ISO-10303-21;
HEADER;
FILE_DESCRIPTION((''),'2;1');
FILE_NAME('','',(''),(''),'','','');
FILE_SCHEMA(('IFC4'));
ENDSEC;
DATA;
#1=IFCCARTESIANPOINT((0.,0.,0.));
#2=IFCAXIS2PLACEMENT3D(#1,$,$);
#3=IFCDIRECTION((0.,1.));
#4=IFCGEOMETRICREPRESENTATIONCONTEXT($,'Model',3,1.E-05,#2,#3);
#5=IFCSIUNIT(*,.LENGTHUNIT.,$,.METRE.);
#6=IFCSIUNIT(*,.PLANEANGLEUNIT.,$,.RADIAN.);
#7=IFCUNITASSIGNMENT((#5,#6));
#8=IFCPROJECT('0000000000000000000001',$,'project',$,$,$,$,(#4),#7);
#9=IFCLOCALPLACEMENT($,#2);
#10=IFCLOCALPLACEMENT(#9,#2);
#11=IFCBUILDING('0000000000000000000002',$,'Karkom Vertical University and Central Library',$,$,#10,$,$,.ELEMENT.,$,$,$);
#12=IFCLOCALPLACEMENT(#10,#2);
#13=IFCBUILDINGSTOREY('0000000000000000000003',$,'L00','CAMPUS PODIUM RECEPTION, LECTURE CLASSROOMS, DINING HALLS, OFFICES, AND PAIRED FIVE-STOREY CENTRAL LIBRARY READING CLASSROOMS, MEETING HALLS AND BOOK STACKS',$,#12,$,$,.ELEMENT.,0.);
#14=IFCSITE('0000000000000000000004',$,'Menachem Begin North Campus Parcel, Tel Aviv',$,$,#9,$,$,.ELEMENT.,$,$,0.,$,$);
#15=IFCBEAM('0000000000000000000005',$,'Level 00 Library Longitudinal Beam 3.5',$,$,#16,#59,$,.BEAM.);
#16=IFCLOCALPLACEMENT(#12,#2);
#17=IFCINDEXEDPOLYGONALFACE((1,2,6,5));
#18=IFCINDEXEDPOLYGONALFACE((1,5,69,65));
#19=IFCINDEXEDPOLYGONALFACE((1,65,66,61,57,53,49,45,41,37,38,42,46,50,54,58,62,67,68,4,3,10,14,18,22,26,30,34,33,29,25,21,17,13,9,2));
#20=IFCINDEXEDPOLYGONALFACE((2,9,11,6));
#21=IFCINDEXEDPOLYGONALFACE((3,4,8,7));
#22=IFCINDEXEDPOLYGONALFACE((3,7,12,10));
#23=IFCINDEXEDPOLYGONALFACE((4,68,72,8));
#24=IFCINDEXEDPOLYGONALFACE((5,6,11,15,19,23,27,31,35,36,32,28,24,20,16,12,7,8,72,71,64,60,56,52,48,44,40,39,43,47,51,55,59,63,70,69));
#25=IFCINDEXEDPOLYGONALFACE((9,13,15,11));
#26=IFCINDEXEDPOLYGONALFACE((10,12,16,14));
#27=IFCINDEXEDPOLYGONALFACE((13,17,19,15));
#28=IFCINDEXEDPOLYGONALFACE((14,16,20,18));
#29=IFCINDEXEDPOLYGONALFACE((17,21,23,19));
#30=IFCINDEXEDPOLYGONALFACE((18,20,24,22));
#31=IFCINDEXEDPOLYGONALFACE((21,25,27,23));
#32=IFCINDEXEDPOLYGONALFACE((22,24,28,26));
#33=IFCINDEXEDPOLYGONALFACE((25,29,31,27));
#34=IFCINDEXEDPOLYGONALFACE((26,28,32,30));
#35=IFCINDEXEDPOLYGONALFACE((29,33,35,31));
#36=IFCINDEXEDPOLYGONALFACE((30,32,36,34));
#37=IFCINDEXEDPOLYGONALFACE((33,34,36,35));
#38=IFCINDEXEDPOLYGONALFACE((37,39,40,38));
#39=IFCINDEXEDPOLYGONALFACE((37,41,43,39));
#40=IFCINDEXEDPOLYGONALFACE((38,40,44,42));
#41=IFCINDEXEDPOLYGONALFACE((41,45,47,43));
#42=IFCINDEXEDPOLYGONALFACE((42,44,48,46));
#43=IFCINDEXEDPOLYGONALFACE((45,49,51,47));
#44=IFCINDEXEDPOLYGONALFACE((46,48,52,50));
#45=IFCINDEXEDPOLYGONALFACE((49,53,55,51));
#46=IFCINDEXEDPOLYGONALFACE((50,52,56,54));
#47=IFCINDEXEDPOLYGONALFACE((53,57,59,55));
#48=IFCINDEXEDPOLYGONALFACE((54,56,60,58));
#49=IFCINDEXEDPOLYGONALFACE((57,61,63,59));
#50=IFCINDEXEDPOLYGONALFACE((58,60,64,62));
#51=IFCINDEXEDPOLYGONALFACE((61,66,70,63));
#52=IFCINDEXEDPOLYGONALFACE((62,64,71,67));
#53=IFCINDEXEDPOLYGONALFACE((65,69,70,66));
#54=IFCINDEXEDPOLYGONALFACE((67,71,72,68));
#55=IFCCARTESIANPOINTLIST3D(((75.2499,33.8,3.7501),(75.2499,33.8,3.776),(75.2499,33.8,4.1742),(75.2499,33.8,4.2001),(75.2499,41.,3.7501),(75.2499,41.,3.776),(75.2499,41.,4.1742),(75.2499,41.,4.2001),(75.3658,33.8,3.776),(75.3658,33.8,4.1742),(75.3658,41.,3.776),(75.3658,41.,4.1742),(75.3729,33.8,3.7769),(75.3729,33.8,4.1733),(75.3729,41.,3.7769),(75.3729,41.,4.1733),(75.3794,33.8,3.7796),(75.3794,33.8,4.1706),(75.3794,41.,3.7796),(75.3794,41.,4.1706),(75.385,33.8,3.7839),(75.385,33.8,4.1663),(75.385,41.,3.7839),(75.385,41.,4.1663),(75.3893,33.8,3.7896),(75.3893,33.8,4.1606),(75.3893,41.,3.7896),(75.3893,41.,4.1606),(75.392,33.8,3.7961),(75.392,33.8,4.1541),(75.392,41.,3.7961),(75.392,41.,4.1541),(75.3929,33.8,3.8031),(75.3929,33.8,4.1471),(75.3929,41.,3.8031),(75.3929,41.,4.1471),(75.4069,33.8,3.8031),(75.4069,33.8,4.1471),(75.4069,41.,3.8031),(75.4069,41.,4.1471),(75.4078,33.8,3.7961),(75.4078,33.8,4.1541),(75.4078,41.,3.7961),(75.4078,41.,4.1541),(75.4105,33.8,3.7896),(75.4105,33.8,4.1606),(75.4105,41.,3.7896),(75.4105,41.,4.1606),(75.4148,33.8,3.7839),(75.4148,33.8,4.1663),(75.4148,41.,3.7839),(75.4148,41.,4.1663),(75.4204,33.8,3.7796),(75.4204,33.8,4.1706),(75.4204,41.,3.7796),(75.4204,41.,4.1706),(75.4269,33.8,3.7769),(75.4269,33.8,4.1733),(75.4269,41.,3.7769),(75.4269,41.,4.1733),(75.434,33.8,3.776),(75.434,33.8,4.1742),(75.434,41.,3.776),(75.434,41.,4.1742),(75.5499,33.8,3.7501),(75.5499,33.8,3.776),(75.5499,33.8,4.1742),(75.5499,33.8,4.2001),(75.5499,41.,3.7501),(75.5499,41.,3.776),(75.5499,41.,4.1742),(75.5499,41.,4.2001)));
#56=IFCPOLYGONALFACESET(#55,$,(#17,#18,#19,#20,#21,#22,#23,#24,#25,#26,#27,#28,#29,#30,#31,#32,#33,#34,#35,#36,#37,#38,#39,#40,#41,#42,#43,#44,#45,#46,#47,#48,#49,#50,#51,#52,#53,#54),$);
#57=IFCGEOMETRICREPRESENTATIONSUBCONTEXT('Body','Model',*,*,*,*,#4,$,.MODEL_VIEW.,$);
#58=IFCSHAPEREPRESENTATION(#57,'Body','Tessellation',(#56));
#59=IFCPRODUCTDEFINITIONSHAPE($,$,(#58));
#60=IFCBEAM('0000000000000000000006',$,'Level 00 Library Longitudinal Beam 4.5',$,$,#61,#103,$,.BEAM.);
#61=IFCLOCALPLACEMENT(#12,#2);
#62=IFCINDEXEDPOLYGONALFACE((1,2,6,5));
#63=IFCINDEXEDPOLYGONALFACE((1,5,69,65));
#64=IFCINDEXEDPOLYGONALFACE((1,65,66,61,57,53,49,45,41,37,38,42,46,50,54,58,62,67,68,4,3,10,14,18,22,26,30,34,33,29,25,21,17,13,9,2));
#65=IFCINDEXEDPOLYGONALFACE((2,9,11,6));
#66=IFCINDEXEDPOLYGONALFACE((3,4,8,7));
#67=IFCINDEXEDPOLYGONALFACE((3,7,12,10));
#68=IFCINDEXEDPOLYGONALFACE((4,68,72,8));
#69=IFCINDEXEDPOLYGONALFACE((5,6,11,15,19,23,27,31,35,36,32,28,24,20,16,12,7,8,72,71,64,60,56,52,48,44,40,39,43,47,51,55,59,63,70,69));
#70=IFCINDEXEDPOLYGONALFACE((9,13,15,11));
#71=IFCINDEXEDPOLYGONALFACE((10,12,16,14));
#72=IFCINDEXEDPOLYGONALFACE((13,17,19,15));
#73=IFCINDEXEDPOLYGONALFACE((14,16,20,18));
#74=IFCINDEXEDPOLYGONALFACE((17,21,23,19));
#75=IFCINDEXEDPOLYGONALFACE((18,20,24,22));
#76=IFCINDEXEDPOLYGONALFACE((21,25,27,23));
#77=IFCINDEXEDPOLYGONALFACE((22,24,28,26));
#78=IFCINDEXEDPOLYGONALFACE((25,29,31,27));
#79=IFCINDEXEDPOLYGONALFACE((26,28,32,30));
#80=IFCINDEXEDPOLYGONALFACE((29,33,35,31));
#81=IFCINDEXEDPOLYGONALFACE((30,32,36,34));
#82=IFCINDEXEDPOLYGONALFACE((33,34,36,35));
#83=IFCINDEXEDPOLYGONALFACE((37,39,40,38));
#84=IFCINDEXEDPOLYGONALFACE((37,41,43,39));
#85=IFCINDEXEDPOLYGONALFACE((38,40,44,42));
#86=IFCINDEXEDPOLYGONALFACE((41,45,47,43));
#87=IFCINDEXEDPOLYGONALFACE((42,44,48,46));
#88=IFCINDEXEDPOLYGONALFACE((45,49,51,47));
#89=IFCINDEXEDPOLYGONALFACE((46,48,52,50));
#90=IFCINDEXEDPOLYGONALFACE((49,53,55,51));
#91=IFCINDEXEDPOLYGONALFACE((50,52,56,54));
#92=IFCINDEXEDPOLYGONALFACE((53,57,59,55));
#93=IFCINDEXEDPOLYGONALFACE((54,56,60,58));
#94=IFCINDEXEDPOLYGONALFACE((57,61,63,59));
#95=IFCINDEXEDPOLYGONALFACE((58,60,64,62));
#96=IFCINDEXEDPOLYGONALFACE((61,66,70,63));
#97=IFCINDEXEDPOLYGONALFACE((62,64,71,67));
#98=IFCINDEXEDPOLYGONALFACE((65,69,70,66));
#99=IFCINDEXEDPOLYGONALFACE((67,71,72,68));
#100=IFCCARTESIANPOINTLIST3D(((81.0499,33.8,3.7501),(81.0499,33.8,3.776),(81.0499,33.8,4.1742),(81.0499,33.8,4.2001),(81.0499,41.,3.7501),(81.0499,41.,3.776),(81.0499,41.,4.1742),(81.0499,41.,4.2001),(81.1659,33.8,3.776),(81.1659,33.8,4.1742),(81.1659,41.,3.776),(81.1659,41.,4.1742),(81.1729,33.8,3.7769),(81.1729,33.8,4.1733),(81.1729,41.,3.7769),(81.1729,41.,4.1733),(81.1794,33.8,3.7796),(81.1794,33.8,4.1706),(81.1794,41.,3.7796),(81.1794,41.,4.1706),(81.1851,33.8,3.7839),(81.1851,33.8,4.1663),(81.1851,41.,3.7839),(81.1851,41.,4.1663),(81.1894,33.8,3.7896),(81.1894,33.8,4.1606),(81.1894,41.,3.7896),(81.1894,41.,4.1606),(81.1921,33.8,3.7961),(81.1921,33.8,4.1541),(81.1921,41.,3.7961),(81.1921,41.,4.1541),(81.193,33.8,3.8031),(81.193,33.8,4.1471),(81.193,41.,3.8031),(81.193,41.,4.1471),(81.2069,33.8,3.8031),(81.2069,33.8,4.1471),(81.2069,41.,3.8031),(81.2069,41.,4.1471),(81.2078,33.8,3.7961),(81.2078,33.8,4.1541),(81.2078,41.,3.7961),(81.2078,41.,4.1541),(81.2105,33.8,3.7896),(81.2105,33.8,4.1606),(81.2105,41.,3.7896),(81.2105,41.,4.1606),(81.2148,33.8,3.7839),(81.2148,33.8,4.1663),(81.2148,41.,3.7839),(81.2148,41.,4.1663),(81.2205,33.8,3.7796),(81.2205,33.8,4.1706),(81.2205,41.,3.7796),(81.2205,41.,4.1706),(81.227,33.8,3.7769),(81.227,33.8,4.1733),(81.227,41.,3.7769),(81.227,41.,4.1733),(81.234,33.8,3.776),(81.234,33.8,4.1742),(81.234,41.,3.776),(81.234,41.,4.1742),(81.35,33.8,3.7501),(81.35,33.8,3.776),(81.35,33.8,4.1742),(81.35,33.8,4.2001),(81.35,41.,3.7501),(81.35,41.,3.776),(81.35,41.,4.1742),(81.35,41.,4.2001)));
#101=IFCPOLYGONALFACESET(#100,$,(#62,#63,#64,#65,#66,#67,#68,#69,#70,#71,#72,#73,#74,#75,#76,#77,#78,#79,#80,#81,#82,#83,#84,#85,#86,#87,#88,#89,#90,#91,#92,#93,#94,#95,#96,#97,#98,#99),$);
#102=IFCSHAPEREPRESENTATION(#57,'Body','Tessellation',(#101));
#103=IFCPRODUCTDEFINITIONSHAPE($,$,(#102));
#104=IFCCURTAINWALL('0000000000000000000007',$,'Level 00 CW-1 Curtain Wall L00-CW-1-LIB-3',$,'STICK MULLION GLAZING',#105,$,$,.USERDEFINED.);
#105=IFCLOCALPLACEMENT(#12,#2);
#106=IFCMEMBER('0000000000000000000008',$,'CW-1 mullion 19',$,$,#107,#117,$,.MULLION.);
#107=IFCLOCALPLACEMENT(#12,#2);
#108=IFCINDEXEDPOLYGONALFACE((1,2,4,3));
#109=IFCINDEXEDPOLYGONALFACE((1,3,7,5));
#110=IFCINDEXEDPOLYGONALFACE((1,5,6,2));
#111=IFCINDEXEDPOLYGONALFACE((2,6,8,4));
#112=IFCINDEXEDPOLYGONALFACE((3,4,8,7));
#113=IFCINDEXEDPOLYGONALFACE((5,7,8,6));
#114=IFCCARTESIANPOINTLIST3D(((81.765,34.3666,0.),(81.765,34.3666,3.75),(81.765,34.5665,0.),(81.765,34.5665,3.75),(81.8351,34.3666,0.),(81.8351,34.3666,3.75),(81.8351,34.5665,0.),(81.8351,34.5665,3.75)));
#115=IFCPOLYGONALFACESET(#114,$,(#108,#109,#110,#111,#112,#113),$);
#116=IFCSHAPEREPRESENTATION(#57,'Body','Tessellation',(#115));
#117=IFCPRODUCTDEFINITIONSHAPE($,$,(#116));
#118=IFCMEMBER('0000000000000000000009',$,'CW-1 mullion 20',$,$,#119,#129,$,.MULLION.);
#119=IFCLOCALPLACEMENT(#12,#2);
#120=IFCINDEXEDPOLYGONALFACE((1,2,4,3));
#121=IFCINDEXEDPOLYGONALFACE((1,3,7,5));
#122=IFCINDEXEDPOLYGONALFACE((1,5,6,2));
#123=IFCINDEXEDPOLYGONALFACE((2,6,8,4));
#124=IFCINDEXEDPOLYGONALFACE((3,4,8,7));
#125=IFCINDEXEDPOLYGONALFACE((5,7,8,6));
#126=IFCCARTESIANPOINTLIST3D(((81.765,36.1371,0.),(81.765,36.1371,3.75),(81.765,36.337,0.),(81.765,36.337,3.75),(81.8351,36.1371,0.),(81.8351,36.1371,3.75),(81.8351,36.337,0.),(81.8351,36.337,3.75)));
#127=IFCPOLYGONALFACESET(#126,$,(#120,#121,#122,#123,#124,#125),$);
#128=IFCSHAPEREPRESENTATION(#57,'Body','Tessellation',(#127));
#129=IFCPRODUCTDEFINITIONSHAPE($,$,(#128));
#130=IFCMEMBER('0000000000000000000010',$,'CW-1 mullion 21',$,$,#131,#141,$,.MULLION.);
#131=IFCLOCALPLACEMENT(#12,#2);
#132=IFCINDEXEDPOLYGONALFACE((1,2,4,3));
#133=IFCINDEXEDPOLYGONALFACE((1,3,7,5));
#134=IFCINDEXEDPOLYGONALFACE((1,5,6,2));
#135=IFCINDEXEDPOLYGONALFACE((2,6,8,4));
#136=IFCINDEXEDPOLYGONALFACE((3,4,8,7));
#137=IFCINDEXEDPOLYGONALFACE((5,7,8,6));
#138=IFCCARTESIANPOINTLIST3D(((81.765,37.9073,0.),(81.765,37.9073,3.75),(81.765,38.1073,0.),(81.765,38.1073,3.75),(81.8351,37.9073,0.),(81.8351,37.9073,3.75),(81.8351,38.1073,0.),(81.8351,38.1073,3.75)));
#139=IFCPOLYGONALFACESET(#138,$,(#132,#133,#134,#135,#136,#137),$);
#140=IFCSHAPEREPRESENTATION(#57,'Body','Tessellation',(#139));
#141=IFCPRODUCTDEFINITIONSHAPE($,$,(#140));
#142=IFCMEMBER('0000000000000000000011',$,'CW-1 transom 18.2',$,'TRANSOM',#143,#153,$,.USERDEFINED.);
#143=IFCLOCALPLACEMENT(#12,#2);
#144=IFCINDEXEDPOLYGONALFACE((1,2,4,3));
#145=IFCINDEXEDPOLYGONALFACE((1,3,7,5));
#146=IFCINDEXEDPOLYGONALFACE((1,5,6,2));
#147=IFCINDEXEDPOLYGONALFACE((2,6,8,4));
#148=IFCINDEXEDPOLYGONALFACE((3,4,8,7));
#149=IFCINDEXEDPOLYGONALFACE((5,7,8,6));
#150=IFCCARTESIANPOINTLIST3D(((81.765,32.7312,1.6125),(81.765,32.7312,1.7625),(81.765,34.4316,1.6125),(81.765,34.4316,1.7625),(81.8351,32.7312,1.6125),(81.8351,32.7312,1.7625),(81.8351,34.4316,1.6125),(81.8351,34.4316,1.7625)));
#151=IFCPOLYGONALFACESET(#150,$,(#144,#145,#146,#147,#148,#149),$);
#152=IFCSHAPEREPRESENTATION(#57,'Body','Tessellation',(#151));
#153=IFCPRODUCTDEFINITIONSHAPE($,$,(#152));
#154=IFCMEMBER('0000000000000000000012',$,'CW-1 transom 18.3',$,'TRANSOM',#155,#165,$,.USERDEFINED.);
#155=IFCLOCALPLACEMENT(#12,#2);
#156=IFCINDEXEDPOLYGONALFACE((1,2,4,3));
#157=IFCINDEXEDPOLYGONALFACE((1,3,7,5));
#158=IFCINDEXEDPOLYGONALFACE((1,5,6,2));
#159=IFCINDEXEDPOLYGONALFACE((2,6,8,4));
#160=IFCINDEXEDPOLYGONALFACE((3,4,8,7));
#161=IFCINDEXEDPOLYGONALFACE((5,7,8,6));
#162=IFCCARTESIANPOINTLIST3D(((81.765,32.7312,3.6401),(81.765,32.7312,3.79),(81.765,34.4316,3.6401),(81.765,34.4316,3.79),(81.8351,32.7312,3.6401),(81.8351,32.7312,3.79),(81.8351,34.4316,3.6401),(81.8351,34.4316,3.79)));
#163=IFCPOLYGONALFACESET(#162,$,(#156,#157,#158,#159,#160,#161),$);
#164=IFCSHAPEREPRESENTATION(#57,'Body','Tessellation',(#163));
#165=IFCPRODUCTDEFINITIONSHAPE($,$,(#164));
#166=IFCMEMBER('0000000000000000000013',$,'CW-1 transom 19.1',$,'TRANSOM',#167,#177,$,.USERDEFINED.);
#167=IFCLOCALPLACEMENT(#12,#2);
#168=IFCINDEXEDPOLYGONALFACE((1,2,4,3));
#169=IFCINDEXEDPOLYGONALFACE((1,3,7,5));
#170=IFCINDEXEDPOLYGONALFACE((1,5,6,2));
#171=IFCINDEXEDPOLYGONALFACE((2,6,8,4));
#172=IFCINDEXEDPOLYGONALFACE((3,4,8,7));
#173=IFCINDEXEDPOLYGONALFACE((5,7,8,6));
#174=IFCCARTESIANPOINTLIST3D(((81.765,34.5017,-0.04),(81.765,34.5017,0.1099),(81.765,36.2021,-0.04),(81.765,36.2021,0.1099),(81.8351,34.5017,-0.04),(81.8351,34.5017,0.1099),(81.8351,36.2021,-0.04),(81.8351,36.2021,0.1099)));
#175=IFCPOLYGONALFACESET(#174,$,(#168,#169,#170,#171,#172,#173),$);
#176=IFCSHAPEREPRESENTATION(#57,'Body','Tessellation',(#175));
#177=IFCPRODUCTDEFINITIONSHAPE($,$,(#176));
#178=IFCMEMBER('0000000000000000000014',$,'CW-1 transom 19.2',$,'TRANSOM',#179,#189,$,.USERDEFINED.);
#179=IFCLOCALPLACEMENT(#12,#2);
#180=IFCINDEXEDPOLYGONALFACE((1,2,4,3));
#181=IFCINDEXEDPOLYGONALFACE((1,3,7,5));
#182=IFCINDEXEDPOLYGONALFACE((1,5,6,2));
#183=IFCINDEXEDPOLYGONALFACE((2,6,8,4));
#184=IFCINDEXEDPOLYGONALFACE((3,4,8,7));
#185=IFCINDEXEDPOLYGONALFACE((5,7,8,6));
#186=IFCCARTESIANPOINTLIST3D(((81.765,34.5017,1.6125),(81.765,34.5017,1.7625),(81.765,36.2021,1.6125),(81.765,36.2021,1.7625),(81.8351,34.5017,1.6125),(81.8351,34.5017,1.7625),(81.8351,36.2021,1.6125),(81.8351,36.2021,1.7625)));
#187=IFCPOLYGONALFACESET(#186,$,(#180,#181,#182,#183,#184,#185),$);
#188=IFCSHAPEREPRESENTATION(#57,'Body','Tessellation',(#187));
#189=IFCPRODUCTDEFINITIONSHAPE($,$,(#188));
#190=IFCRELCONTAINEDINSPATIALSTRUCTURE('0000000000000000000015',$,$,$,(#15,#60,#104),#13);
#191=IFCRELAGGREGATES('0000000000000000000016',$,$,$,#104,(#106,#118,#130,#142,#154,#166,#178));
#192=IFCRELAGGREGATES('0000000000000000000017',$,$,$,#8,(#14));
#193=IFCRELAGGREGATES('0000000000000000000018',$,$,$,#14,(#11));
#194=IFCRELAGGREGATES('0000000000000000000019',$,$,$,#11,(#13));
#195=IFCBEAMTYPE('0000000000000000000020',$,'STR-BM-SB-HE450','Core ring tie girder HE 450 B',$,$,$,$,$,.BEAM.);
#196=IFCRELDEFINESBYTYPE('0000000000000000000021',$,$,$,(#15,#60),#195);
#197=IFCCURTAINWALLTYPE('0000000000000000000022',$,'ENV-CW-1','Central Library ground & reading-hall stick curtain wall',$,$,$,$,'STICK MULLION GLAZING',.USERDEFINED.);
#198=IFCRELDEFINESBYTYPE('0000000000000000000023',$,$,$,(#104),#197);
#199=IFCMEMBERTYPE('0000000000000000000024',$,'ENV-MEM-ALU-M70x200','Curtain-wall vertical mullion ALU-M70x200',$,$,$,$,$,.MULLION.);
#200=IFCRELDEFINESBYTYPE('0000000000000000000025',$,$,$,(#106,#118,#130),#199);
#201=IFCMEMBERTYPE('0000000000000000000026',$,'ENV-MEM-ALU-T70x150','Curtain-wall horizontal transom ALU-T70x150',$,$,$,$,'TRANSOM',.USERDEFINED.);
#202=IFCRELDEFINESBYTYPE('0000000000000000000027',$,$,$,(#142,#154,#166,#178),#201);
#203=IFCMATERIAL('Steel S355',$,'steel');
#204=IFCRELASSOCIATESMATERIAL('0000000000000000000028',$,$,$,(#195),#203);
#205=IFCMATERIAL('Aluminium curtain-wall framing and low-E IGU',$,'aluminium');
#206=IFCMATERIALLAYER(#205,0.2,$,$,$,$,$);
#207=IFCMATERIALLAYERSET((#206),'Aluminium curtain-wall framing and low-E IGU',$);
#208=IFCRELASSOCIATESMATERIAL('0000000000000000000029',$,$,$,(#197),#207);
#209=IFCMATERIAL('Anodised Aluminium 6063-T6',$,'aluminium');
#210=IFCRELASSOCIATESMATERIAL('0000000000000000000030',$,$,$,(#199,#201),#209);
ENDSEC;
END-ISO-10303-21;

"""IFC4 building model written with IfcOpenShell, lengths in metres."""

from ifc_helpers import new_model, si_unit, direction, frame, origin, origin_with_axes, origin_2d, place, context, subcontext, project, spatial, rectangle, i_section, extrude, source, transform, mapped, material, layer, layer_set, material_profile, profile_set, type_object, element, aggregate, save


model = new_model("IFC4")

# Units and contexts
model_context = context("Model", 3, precision=1e-05, world=origin(), true_north=direction((0.0, 1.0)))
body_context = subcontext(model_context, "Body", "Model", "MODEL_VIEW")
ifc_project = project(units=[si_unit("LENGTHUNIT", "METRE"), si_unit("PLANEANGLEUNIT", "RADIAN")], contexts=[model_context])

# Site, building, storey
site_placement = place(None, origin())
site = spatial("IfcSite", under=ifc_project, at=site_placement, Name="Menachem Begin North Campus Parcel, Tel Aviv", CompositionType="ELEMENT", RefElevation=0.0)
building_placement = place(site_placement, origin())
building = spatial("IfcBuilding", under=site, at=building_placement, Name="Karkom Vertical University and Central Library", CompositionType="ELEMENT")
storey_placement = place(building_placement, origin())
storey = spatial("IfcBuildingStorey", under=building, at=storey_placement, Name="L00", Description="CAMPUS PODIUM RECEPTION, LECTURE CLASSROOMS, DINING HALLS, OFFICES, AND PAIRED FIVE-STOREY CENTRAL LIBRARY READING CLASSROOMS, MEETING HALLS AND BOOK STACKS", CompositionType="ELEMENT", Elevation=0.0)

# Beams
ifc_material_1 = material(Name="Steel S355", Category="steel")
ifc_material_profile_1 = material_profile(ifc_material_1, i_section(OverallWidth=0.3, OverallDepth=0.45, WebThickness=0.0139, FlangeThickness=0.0259, FilletRadius=0.0271, at=origin_2d()), Name="HE 450 B")
ifc_profile_set_1 = profile_set([ifc_material_profile_1], Name="Steel S355")
beam_type_1 = type_object("IfcBeamType", Name="STR-BM-SB-HE450", Description="Core ring tie girder HE 450 B", PredefinedType="BEAM", material=ifc_profile_set_1)
shared_shape_1 = source(origin_with_axes(), body_context, "Body", "SweptSolid", [
    extrude(i_section(OverallWidth=0.3, OverallDepth=0.45, WebThickness=0.0139, FlangeThickness=0.0259, FilletRadius=0.0271, at=origin_2d()), origin(), (0.0, 0.0, 1.0), 7.2),
])
for number, where, z_axis, x_axis, name in (
    (1, (75.3999, 33.8, 3.9751), (0.0, 1.0, 0.0), (-1.0, 0.0, 0.0), "Level 00 Library Longitudinal Beam 3.5"),
    (2, (81.2, 33.8, 3.9751), (0.0, 1.0, 0.0), (-1.0, 0.0, 0.0), "Level 00 Library Longitudinal Beam 4.5"),
):
    element("IfcBeam", number, at=place(storey_placement, frame(where, z_axis=z_axis, x_axis=x_axis)), inside=storey, type_object=beam_type_1, Name=name, PredefinedType="BEAM", context=body_context, shape_type="MappedRepresentation", body=[
        mapped(shared_shape_1, transform((0.0, 0.0, 0.0), scale=1.0)),
    ])

# Curtain wall, members
ifc_material_2 = material(Name="Aluminium curtain-wall framing and low-E IGU", Category="aluminium")
ifc_layer_1 = layer(ifc_material_2, 0.2)
ifc_layer_set_1 = layer_set([ifc_layer_1], Name="Aluminium curtain-wall framing and low-E IGU")
curtain_wall_type = type_object("IfcCurtainWallType", Name="ENV-CW-1", Description="Central Library ground & reading-hall stick curtain wall", ElementType="STICK MULLION GLAZING", PredefinedType="USERDEFINED", material=ifc_layer_set_1)
curtain_wall_placement = place(storey_placement, origin())
curtain_wall = element("IfcCurtainWall", 3, at=curtain_wall_placement, inside=storey, type_object=curtain_wall_type, Name="Level 00 CW-1 Curtain Wall L00-CW-1-LIB-3", ObjectType="STICK MULLION GLAZING", PredefinedType="USERDEFINED")
ifc_material_3 = material(Name="Anodised Aluminium 6063-T6", Category="aluminium")
ifc_material_profile_2 = material_profile(ifc_material_3, rectangle(XDim=0.0701, YDim=0.2, at=origin_2d()), Name="ALU-M70x200")
ifc_profile_set_2 = profile_set([ifc_material_profile_2], Name="Anodised Aluminium 6063-T6")
member_type_1 = type_object("IfcMemberType", Name="ENV-MEM-ALU-M70x200", Description="Curtain-wall vertical mullion ALU-M70x200", PredefinedType="MULLION", material=ifc_profile_set_2)
shared_shape_2 = source(origin_with_axes(), body_context, "Body", "SweptSolid", [
    extrude(rectangle(XDim=0.0701, YDim=0.2, at=origin_2d()), origin(), (0.0, 0.0, 1.0), 3.75),
])
member_1_placement = place(storey_placement, frame((81.8, 34.4666, 0.0), z_axis=(0.0, 0.0, 1.0), x_axis=(-1.0, 0.0, 0.0)))
member_1 = element("IfcMember", 4, at=member_1_placement, type_object=member_type_1, Name="CW-1 mullion 19", PredefinedType="MULLION", context=body_context, shape_type="MappedRepresentation", body=[
    mapped(shared_shape_2, transform((0.0, 0.0, 0.0), scale=1.0)),
])
member_2_placement = place(storey_placement, frame((81.8, 36.2371, 0.0), z_axis=(0.0, 0.0, 1.0), x_axis=(-1.0, 0.0, 0.0)))
member_2 = element("IfcMember", 5, at=member_2_placement, type_object=member_type_1, Name="CW-1 mullion 20", PredefinedType="MULLION", context=body_context, shape_type="MappedRepresentation", body=[
    mapped(shared_shape_2, transform((0.0, 0.0, 0.0), scale=1.0)),
])
member_3_placement = place(storey_placement, frame((81.8, 38.0073, 0.0), z_axis=(0.0, 0.0, 1.0), x_axis=(-1.0, 0.0, 0.0)))
member_3 = element("IfcMember", 6, at=member_3_placement, type_object=member_type_1, Name="CW-1 mullion 21", PredefinedType="MULLION", context=body_context, shape_type="MappedRepresentation", body=[
    mapped(shared_shape_2, transform((0.0, 0.0, 0.0), scale=1.0)),
])
ifc_material_profile_3 = material_profile(ifc_material_3, rectangle(XDim=0.0701, YDim=0.1499, at=origin_2d()), Name="ALU-T70x150")
ifc_profile_set_3 = profile_set([ifc_material_profile_3], Name="Anodised Aluminium 6063-T6")
member_type_2 = type_object("IfcMemberType", Name="ENV-MEM-ALU-T70x150", Description="Curtain-wall horizontal transom ALU-T70x150", ElementType="TRANSOM", PredefinedType="USERDEFINED", material=ifc_profile_set_3)
shared_shape_3 = source(origin_with_axes(), body_context, "Body", "SweptSolid", [
    extrude(rectangle(XDim=0.0701, YDim=0.1499, at=origin_2d()), origin(), (0.0, 0.0, 1.0), 1.7004),
])
member_4_placement = place(storey_placement, frame((81.8, 32.7312, 1.6875), z_axis=(0.0, 1.0, 0.0), x_axis=(-1.0, 0.0, 0.0)))
member_4 = element("IfcMember", 7, at=member_4_placement, type_object=member_type_2, Name="CW-1 transom 18.2", ObjectType="TRANSOM", PredefinedType="USERDEFINED", context=body_context, shape_type="MappedRepresentation", body=[
    mapped(shared_shape_3, transform((0.0, 0.0, 0.0), scale=1.0)),
])
member_5_placement = place(storey_placement, frame((81.8, 32.7312, 3.7151), z_axis=(0.0, 1.0, 0.0), x_axis=(-1.0, 0.0, 0.0)))
member_5 = element("IfcMember", 8, at=member_5_placement, type_object=member_type_2, Name="CW-1 transom 18.3", ObjectType="TRANSOM", PredefinedType="USERDEFINED", context=body_context, shape_type="MappedRepresentation", body=[
    mapped(shared_shape_3, transform((0.0, 0.0, 0.0), scale=1.0)),
])
member_6_placement = place(storey_placement, frame((81.8, 34.5017, 0.0349), z_axis=(0.0, 1.0, 0.0), x_axis=(-1.0, 0.0, 0.0)))
member_6 = element("IfcMember", 9, at=member_6_placement, type_object=member_type_2, Name="CW-1 transom 19.1", ObjectType="TRANSOM", PredefinedType="USERDEFINED", context=body_context, shape_type="MappedRepresentation", body=[
    mapped(shared_shape_3, transform((0.0, 0.0, 0.0), scale=1.0)),
])
member_7_placement = place(storey_placement, frame((81.8, 34.5017, 1.6875), z_axis=(0.0, 1.0, 0.0), x_axis=(-1.0, 0.0, 0.0)))
member_7 = element("IfcMember", 10, at=member_7_placement, type_object=member_type_2, Name="CW-1 transom 19.2", ObjectType="TRANSOM", PredefinedType="USERDEFINED", context=body_context, shape_type="MappedRepresentation", body=[
    mapped(shared_shape_3, transform((0.0, 0.0, 0.0), scale=1.0)),
])
aggregate(curtain_wall, [member_1, member_2, member_3, member_4, member_5, member_6, member_7])

save(model, "model.ifc")
